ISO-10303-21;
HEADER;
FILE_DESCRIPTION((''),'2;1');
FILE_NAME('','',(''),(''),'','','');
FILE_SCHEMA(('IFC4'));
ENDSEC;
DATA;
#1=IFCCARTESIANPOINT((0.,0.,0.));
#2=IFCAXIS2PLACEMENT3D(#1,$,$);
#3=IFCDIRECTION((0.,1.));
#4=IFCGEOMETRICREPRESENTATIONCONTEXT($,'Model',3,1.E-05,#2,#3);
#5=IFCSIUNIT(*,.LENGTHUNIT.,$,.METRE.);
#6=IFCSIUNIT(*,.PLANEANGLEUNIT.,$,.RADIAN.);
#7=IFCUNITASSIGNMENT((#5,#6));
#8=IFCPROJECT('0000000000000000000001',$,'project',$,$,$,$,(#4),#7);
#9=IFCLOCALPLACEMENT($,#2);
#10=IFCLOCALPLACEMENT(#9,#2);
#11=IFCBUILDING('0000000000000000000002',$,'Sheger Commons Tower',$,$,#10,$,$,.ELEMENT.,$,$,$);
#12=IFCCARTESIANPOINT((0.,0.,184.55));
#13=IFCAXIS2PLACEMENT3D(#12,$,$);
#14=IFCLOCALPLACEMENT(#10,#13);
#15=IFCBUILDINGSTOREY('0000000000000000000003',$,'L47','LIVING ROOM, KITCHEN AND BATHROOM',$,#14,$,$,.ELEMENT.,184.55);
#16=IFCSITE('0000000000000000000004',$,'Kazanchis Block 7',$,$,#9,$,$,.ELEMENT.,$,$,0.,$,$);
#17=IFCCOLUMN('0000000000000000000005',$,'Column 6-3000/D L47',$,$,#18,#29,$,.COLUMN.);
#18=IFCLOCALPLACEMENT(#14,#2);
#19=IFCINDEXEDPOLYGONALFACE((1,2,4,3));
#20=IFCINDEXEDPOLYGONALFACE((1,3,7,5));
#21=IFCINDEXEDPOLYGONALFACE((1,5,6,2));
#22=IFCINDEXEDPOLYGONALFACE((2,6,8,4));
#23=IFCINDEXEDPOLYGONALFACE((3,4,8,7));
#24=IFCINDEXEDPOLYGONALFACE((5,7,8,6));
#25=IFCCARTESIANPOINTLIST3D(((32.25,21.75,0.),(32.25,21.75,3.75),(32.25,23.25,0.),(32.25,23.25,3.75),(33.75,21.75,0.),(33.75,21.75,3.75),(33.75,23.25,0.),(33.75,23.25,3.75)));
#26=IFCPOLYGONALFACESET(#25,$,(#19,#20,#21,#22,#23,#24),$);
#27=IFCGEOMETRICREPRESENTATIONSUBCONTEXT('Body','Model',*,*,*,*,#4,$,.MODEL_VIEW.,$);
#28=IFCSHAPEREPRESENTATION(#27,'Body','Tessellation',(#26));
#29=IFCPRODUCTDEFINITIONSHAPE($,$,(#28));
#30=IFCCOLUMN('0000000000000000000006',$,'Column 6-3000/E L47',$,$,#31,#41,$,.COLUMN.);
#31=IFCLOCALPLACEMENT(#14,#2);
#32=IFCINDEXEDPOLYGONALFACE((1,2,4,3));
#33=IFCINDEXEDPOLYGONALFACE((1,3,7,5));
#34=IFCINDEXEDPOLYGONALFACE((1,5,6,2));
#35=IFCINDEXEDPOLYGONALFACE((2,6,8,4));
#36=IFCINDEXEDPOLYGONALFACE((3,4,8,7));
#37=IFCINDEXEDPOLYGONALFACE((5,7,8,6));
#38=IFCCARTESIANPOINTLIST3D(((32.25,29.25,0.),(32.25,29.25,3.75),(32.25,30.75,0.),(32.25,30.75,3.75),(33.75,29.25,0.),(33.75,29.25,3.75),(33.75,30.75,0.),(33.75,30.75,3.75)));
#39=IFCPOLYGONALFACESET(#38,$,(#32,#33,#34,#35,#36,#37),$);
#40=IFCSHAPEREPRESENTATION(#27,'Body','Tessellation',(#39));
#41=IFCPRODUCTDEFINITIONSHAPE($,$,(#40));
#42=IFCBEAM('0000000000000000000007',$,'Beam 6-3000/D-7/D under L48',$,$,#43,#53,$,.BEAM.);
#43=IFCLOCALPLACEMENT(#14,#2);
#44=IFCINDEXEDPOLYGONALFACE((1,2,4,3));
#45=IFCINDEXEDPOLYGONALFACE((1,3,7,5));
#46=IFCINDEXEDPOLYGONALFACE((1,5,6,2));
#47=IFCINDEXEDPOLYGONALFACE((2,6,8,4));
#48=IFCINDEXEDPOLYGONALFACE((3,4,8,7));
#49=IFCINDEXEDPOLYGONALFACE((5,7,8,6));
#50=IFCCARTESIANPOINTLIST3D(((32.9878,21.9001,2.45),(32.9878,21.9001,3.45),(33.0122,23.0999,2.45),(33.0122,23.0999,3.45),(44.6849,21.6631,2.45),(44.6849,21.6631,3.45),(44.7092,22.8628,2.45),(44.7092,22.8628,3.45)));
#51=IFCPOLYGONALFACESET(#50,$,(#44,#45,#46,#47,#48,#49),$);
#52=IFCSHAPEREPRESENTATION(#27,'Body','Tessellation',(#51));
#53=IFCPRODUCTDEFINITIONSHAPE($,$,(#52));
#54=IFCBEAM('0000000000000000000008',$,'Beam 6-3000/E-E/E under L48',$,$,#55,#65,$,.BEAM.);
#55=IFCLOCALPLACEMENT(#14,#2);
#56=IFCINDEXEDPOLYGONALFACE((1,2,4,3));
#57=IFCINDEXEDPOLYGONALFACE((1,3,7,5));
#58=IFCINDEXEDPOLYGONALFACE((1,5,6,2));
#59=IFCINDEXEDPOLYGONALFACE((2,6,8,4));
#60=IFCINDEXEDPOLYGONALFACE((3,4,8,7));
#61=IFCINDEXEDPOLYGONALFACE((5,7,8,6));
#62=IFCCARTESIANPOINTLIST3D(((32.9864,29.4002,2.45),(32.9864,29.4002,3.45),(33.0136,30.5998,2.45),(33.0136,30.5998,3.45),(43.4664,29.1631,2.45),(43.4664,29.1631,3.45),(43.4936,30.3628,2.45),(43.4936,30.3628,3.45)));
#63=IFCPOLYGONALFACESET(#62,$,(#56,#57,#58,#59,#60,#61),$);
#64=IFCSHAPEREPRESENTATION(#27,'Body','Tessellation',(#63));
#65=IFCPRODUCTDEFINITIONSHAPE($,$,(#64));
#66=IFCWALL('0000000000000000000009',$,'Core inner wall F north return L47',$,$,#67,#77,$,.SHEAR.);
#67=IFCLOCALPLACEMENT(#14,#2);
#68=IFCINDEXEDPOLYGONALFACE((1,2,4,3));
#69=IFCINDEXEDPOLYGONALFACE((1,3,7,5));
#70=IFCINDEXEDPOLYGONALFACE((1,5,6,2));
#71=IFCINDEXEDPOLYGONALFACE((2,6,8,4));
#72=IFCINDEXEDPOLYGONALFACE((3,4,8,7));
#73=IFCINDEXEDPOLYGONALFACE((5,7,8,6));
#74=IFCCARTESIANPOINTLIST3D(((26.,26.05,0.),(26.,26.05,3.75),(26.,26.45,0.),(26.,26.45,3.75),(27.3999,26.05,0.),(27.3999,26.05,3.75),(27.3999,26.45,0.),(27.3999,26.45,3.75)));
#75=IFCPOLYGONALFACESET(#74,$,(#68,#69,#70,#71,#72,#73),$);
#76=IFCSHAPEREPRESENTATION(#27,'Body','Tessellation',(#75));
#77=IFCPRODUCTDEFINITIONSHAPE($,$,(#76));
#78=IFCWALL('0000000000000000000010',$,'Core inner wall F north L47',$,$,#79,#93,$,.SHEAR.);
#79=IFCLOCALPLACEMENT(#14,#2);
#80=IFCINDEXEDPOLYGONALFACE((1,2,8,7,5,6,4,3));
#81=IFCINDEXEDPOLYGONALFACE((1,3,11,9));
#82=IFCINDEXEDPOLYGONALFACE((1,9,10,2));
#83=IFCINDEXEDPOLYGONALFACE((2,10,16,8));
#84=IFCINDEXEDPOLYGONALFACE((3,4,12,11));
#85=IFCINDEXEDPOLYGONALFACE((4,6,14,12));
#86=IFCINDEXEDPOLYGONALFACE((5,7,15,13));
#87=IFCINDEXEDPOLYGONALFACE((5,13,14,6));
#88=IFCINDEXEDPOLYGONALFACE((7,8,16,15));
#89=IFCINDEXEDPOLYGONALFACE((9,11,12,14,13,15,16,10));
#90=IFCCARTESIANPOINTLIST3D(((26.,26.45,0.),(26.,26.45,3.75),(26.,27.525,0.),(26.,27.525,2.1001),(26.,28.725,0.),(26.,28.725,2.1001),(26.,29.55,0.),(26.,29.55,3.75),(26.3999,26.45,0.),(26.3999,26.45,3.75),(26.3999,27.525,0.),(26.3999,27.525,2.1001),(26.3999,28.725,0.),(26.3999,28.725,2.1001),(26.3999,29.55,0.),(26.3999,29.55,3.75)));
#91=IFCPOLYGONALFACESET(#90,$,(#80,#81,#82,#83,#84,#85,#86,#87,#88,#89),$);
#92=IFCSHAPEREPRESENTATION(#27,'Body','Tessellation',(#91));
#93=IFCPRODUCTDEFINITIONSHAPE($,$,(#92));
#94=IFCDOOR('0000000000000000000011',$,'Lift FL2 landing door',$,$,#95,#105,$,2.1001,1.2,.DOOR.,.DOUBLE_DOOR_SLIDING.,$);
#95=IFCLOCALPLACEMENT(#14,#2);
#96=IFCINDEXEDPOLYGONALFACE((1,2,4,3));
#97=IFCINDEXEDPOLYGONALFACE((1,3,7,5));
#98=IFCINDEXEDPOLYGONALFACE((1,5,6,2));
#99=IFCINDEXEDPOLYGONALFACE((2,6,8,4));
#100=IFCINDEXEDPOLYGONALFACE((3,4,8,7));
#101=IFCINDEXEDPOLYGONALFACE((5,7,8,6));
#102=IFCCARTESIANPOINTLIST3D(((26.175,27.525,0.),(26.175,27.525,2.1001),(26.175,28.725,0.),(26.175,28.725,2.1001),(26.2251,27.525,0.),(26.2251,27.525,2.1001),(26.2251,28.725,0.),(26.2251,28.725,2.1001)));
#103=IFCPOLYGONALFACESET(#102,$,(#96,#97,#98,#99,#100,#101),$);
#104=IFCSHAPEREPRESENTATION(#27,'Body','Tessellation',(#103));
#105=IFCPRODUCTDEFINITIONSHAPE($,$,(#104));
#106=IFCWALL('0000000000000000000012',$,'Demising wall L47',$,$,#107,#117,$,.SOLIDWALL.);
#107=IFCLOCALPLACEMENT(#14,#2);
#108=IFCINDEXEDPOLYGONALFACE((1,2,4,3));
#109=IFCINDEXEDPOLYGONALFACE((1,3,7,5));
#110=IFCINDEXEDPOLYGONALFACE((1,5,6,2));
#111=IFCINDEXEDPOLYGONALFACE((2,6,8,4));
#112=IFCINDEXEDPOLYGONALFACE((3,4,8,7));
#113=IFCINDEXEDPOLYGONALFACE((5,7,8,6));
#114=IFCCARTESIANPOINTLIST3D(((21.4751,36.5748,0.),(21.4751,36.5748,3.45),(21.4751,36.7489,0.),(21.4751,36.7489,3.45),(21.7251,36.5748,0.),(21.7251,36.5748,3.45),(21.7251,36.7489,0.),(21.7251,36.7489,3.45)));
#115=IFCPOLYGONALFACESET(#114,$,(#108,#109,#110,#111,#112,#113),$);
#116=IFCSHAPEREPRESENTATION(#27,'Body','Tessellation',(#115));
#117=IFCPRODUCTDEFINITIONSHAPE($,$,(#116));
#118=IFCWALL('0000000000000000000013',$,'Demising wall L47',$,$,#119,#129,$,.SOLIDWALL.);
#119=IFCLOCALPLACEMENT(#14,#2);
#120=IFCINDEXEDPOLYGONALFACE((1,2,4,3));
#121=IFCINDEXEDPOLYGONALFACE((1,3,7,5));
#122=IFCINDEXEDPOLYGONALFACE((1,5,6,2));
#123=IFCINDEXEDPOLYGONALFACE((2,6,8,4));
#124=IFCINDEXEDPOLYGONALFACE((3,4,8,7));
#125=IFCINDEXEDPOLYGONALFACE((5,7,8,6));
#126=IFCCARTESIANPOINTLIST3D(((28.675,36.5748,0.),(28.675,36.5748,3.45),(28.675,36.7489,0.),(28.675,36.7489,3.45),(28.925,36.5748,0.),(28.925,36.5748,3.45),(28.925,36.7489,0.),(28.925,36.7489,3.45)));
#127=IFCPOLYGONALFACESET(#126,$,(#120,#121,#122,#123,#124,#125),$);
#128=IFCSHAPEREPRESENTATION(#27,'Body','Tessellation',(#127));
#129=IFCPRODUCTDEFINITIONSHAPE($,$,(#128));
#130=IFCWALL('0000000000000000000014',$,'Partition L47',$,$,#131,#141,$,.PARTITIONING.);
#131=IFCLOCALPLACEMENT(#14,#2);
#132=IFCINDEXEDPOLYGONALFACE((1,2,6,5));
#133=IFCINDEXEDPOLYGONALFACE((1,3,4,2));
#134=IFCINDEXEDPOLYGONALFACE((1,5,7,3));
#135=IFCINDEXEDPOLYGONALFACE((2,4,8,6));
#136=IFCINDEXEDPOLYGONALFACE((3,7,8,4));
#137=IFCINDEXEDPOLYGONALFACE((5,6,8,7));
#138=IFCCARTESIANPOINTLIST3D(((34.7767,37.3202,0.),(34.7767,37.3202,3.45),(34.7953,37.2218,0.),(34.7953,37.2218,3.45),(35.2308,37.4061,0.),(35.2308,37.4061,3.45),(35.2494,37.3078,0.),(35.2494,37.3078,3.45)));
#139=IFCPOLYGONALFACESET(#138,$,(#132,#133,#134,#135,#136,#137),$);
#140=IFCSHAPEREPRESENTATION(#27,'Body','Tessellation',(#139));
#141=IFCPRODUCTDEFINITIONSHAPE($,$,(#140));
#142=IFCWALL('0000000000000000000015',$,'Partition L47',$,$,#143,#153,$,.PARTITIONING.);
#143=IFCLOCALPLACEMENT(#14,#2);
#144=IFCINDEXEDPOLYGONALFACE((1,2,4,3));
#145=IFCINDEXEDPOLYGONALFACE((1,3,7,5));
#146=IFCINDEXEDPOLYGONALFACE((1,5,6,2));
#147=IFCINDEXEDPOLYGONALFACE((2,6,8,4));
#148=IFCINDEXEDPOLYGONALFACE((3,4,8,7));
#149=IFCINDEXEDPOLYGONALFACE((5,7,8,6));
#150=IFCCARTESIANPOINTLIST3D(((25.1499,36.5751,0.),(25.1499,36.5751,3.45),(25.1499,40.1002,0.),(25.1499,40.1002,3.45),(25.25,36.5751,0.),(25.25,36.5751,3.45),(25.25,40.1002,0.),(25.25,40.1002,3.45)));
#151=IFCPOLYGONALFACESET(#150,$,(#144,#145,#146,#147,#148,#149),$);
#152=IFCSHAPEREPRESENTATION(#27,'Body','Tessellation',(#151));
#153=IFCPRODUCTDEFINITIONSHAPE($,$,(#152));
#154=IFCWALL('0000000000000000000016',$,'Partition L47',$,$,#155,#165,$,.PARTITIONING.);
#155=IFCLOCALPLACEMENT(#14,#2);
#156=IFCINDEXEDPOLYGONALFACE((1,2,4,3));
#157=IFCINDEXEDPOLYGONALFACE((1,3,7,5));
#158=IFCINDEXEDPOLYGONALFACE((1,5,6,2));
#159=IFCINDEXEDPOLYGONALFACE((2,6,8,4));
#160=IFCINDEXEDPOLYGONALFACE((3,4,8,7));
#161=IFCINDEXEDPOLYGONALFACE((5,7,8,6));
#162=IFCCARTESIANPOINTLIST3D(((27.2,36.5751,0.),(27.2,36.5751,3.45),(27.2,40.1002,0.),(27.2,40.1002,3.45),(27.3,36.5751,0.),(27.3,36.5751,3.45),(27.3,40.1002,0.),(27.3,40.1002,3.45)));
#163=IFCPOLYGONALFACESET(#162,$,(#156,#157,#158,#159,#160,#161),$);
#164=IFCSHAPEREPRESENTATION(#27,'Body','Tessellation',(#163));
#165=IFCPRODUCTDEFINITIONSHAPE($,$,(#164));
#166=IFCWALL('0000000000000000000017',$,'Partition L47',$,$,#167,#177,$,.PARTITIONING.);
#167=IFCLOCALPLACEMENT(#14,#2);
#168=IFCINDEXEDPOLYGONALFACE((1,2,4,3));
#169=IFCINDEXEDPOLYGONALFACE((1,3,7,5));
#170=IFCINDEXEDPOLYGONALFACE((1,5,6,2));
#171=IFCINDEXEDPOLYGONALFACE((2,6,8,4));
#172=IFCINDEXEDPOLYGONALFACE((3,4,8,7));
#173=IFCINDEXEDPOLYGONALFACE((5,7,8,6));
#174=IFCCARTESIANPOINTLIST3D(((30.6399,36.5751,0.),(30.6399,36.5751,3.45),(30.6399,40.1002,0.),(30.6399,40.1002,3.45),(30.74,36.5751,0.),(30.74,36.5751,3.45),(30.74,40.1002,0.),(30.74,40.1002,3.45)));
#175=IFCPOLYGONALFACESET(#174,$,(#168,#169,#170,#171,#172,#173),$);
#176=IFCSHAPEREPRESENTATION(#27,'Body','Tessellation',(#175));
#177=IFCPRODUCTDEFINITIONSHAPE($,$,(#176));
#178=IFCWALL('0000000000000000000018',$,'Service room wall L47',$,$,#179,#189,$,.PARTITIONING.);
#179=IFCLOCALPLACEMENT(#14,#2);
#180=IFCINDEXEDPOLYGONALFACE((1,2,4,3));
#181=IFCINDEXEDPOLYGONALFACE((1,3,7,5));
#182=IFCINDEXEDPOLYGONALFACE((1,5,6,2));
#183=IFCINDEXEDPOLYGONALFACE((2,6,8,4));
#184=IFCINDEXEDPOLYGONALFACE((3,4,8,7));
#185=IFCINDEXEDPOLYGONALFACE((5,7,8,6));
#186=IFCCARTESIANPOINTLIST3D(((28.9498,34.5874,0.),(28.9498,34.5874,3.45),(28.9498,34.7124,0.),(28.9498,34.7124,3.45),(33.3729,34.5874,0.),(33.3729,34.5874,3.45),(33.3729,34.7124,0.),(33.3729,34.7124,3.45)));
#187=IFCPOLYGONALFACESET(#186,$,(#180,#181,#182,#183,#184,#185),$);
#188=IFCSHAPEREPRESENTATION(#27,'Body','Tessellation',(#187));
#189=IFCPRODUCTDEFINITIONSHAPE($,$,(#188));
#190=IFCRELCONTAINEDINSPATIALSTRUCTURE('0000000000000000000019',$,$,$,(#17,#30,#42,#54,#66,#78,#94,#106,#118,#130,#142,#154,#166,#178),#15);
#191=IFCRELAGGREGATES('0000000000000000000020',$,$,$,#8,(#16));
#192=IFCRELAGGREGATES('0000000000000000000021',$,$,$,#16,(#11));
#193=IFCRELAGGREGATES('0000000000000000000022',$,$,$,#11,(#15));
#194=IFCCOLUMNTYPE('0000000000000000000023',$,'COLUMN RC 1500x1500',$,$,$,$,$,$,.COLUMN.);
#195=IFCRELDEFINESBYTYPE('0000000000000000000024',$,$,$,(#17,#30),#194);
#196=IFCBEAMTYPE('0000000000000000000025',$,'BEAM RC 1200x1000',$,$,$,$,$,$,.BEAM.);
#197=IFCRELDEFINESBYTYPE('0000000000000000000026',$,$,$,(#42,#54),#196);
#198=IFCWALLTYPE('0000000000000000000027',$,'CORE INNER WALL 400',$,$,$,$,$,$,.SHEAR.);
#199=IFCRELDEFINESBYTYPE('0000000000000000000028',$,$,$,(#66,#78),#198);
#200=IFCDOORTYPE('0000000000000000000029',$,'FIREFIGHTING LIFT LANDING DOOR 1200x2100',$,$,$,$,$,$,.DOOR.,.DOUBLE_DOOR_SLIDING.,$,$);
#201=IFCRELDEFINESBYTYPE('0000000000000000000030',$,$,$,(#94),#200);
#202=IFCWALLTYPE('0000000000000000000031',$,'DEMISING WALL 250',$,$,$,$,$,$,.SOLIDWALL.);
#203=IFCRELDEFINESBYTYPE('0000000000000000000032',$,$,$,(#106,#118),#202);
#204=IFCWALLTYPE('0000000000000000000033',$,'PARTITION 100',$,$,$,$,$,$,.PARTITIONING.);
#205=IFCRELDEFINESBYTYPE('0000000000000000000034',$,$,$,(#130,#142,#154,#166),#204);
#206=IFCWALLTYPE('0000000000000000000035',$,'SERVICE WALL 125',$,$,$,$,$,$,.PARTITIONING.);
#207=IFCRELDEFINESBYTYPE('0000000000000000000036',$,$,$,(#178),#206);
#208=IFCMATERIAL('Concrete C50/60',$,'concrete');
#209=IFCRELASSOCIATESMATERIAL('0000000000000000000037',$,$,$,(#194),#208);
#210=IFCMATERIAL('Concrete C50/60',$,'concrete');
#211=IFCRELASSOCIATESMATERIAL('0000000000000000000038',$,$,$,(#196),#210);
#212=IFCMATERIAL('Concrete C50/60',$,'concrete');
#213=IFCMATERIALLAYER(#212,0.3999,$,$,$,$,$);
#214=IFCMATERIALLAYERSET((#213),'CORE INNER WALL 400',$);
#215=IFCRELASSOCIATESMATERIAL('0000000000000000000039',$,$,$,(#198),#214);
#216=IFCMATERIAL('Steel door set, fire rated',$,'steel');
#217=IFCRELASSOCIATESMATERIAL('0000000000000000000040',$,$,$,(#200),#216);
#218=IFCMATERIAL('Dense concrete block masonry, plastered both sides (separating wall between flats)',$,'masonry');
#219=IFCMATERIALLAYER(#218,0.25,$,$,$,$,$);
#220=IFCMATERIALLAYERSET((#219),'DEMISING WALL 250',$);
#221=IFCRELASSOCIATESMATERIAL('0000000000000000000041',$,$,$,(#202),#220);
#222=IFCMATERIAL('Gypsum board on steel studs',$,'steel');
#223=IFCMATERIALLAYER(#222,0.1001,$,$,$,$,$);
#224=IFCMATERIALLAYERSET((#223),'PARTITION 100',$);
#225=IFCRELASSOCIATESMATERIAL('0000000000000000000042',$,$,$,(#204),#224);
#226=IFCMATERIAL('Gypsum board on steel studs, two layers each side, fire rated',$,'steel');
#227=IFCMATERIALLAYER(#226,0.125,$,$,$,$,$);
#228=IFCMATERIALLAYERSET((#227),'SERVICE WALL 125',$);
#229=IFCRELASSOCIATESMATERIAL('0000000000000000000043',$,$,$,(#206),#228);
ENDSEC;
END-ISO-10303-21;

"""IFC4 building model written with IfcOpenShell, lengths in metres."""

from ifc_helpers import new_model, si_unit, direction, frame, frame_2d, origin, origin_2d, place, context, subcontext, project, spatial, rectangle, extrude, material, layer, layer_set, material_profile, profile_set, type_object, element, fill, save


model = new_model("IFC4")

# Units and contexts
model_context = context("Model", 3, precision=1e-05, world=origin(), true_north=direction((0.0, 1.0)))
body_context = subcontext(model_context, "Body", "Model", "MODEL_VIEW")
ifc_project = project(units=[si_unit("LENGTHUNIT", "METRE"), si_unit("PLANEANGLEUNIT", "RADIAN")], contexts=[model_context])

# Site, building, storey
site_placement = place(None, origin())
site = spatial("IfcSite", under=ifc_project, at=site_placement, Name="Kazanchis Block 7", CompositionType="ELEMENT", RefElevation=0.0)
building_placement = place(site_placement, origin())
building = spatial("IfcBuilding", under=site, at=building_placement, Name="Sheger Commons Tower", CompositionType="ELEMENT")
storey_placement = place(building_placement, frame((0.0, 0.0, 184.55)))
storey = spatial("IfcBuildingStorey", under=building, at=storey_placement, Name="L47", Description="LIVING ROOM, KITCHEN AND BATHROOM", CompositionType="ELEMENT", Elevation=184.55)

# Columns
ifc_material_1 = material(Name="Concrete C50/60", Category="concrete")
ifc_material_profile_1 = material_profile(ifc_material_1, rectangle(XDim=1.5, YDim=1.5, at=origin_2d()), Name="RC 1500x1500")
ifc_profile_set_1 = profile_set([ifc_material_profile_1], Name="Concrete C50/60")
column_type = type_object("IfcColumnType", Name="COLUMN RC 1500x1500", PredefinedType="COLUMN", material=ifc_profile_set_1)
for number, where, z_axis, x_axis, name in (
    (1, (33.0, 22.5, 0.0), (0.0, 0.0, 1.0), (1.0, 0.0, 0.0), "Column 6-3000/D L47"),
    (2, (33.0, 30.0, 0.0), (0.0, 0.0, 1.0), (1.0, 0.0, 0.0), "Column 6-3000/E L47"),
):
    element("IfcColumn", number, at=place(storey_placement, frame(where, z_axis=z_axis, x_axis=x_axis)), inside=storey, type_object=column_type, Name=name, PredefinedType="COLUMN", context=body_context, shape_type="SweptSolid", body=[
        extrude(rectangle(XDim=1.5, YDim=1.5, at=origin_2d()), origin(), (0.0, 0.0, 1.0), 3.75),
    ])

# Beams
ifc_material_2 = material(Name="Concrete C50/60", Category="concrete")
ifc_material_profile_2 = material_profile(ifc_material_2, rectangle(XDim=1.2, YDim=1.0, at=origin_2d()), Name="RC 1200x1000")
ifc_profile_set_2 = profile_set([ifc_material_profile_2], Name="Concrete C50/60")
beam_type = type_object("IfcBeamType", Name="BEAM RC 1200x1000", PredefinedType="BEAM", material=ifc_profile_set_2)
beam_1_placement = place(storey_placement, frame((33.0, 22.5, 2.95), z_axis=(0.999795, -0.020263, 0.0), x_axis=(0.020263, 0.999795, 0.0)))
element("IfcBeam", 3, at=beam_1_placement, inside=storey, type_object=beam_type, Name="Beam 6-3000/D-7/D under L48", PredefinedType="BEAM", context=body_context, shape_type="SweptSolid", body=[
    extrude(rectangle(XDim=1.2, YDim=1.0, at=origin_2d()), origin(), (0.0, 0.0, 1.0), 11.6995),
])
beam_2_placement = place(storey_placement, frame((33.0, 30.0, 2.95), z_axis=(0.999744, -0.022615, 0.0), x_axis=(0.022615, 0.999744, 0.0)))
element("IfcBeam", 4, at=beam_2_placement, inside=storey, type_object=beam_type, Name="Beam 6-3000/E-E/E under L48", PredefinedType="BEAM", context=body_context, shape_type="SweptSolid", body=[
    extrude(rectangle(XDim=1.2, YDim=1.0, at=origin_2d()), origin(), (0.0, 0.0, 1.0), 10.4827),
])

# Wall
ifc_material_3 = material(Name="Concrete C50/60", Category="concrete")
ifc_layer_1 = layer(ifc_material_3, 0.3999)
ifc_layer_set_1 = layer_set([ifc_layer_1], Name="CORE INNER WALL 400")
wall_type_1 = type_object("IfcWallType", Name="CORE INNER WALL 400", PredefinedType="SHEAR", material=ifc_layer_set_1)
wall_1_placement = place(storey_placement, frame((26.0, 26.25, 0.0), z_axis=(0.0, 0.0, 1.0), x_axis=(1.0, 0.0, 0.0)))
element("IfcWall", 5, at=wall_1_placement, inside=storey, type_object=wall_type_1, Name="Core inner wall F north return L47", PredefinedType="SHEAR", context=body_context, shape_type="SweptSolid", body=[
    extrude(rectangle(XDim=1.3999, YDim=0.3999, at=frame_2d((0.7, 0.0))), origin(), (0.0, 0.0, 1.0), 3.75),
])

# Wall, opening, door
wall_2_placement = place(storey_placement, frame((26.2, 26.45, 0.0), z_axis=(0.0, 0.0, 1.0), x_axis=(0.0, 1.0, 0.0)))
wall_2 = element("IfcWall", 6, at=wall_2_placement, inside=storey, type_object=wall_type_1, Name="Core inner wall F north L47", PredefinedType="SHEAR", context=body_context, shape_type="SweptSolid", body=[
    extrude(rectangle(XDim=3.1001, YDim=0.3999, at=frame_2d((1.55, 0.0))), origin(), (0.0, 0.0, 1.0), 3.75),
])
opening_1_placement = place(wall_2_placement, frame((1.075, 0.0, 0.0)))
opening_1 = element("IfcOpeningElement", 7, at=opening_1_placement, cuts=wall_2, PredefinedType="OPENING", context=body_context, shape_type="SweptSolid", body=[
    extrude(rectangle(XDim=1.2, YDim=2.1001, at=frame_2d((0.6001, 1.05))), frame((0.0, 0.21, 0.0), z_axis=(0.0, -1.0, 0.0), x_axis=(1.0, 0.0, 0.0)), (0.0, 0.0, 1.0), 0.4199),
])
ifc_material_4 = material(Name="Steel door set, fire rated", Category="steel")
door_type_1 = type_object("IfcDoorType", Name="FIREFIGHTING LIFT LANDING DOOR 1200x2100", OperationType="DOUBLE_DOOR_SLIDING", PredefinedType="DOOR", material=ifc_material_4)
door_1_placement = place(opening_1_placement, origin())
door_1 = element("IfcDoor", 8, at=door_1_placement, inside=storey, type_object=door_type_1, Name="Lift FL2 landing door", OperationType="DOUBLE_DOOR_SLIDING", OverallHeight=2.1001, OverallWidth=1.2, PredefinedType="DOOR", context=body_context, shape_type="SweptSolid", body=[
    extrude(rectangle(XDim=1.2, YDim=2.1001, at=frame_2d((0.6001, 1.05))), frame((0.0, 0.0249, 0.0), z_axis=(0.0, -1.0, 0.0), x_axis=(1.0, 0.0, 0.0)), (0.0, 0.0, 1.0), 0.05),
])
fill(opening_1, door_1)

# Walls
ifc_material_5 = material(Name="Dense concrete block masonry, plastered both sides (separating wall between flats)", Category="masonry")
ifc_layer_2 = layer(ifc_material_5, 0.25)
ifc_layer_set_2 = layer_set([ifc_layer_2], Name="DEMISING WALL 250")
wall_type_2 = type_object("IfcWallType", Name="DEMISING WALL 250", PredefinedType="SOLIDWALL", material=ifc_layer_set_2)
for number, where, z_axis, x_axis, name in (
    (9, (21.6001, 36.575, 0.0), (0.0, 0.0, 1.0), (0.0, 1.0, 0.0), "Demising wall L47"),
    (10, (28.8, 36.575, 0.0), (0.0, 0.0, 1.0), (0.0, 1.0, 0.0), "Demising wall L47"),
):
    element("IfcWall", number, at=place(storey_placement, frame(where, z_axis=z_axis, x_axis=x_axis)), inside=storey, type_object=wall_type_2, Name=name, PredefinedType="SOLIDWALL", context=body_context, shape_type="SweptSolid", body=[
        extrude(rectangle(XDim=0.1741, YDim=0.25, at=frame_2d((0.0869, 0.0))), origin(), (0.0, 0.0, 1.0), 3.45),
    ])
ifc_material_6 = material(Name="Gypsum board on steel studs", Category="steel")
ifc_layer_3 = layer(ifc_material_6, 0.1001)
ifc_layer_set_3 = layer_set([ifc_layer_3], Name="PARTITION 100")
wall_type_3 = type_object("IfcWallType", Name="PARTITION 100", PredefinedType="PARTITIONING", material=ifc_layer_set_3)
wall_3_placement = place(storey_placement, frame((35.24, 37.3569, 0.0), z_axis=(0.0, 0.0, 1.0), x_axis=(-0.98256, -0.185947, 0.0)))
element("IfcWall", 11, at=wall_3_placement, inside=storey, type_object=wall_type_3, Name="Partition L47", PredefinedType="PARTITIONING", context=body_context, shape_type="SweptSolid", body=[
    extrude(rectangle(XDim=0.4622, YDim=0.1001, at=frame_2d((0.231, 0.0))), origin(), (0.0, 0.0, 1.0), 3.45),
])
for number, where, z_axis, x_axis, name in (
    (12, (25.2, 36.575, 0.0), (0.0, 0.0, 1.0), (0.0, 1.0, 0.0), "Partition L47"),
    (13, (27.25, 36.575, 0.0), (0.0, 0.0, 1.0), (0.0, 1.0, 0.0), "Partition L47"),
    (14, (30.6899, 36.575, 0.0), (0.0, 0.0, 1.0), (0.0, 1.0, 0.0), "Partition L47"),
):
    element("IfcWall", number, at=place(storey_placement, frame(where, z_axis=z_axis, x_axis=x_axis)), inside=storey, type_object=wall_type_3, Name=name, PredefinedType="PARTITIONING", context=body_context, shape_type="SweptSolid", body=[
        extrude(rectangle(XDim=3.5251, YDim=0.1001, at=frame_2d((1.7627, 0.0))), origin(), (0.0, 0.0, 1.0), 3.45),
    ])
ifc_material_7 = material(Name="Gypsum board on steel studs, two layers each side, fire rated", Category="steel")
ifc_layer_4 = layer(ifc_material_7, 0.125)
ifc_layer_set_4 = layer_set([ifc_layer_4], Name="SERVICE WALL 125")
wall_type_4 = type_object("IfcWallType", Name="SERVICE WALL 125", PredefinedType="PARTITIONING", material=ifc_layer_set_4)
wall_4_placement = place(storey_placement, frame((28.95, 34.6499, 0.0), z_axis=(0.0, 0.0, 1.0), x_axis=(1.0, 0.0, 0.0)))
element("IfcWall", 15, at=wall_4_placement, inside=storey, type_object=wall_type_4, Name="Service room wall L47", PredefinedType="PARTITIONING", context=body_context, shape_type="SweptSolid", body=[
    extrude(rectangle(XDim=4.4231, YDim=0.125, at=frame_2d((2.2114, 0.0))), origin(), (0.0, 0.0, 1.0), 3.45),
])

save(model, "model.ifc")
